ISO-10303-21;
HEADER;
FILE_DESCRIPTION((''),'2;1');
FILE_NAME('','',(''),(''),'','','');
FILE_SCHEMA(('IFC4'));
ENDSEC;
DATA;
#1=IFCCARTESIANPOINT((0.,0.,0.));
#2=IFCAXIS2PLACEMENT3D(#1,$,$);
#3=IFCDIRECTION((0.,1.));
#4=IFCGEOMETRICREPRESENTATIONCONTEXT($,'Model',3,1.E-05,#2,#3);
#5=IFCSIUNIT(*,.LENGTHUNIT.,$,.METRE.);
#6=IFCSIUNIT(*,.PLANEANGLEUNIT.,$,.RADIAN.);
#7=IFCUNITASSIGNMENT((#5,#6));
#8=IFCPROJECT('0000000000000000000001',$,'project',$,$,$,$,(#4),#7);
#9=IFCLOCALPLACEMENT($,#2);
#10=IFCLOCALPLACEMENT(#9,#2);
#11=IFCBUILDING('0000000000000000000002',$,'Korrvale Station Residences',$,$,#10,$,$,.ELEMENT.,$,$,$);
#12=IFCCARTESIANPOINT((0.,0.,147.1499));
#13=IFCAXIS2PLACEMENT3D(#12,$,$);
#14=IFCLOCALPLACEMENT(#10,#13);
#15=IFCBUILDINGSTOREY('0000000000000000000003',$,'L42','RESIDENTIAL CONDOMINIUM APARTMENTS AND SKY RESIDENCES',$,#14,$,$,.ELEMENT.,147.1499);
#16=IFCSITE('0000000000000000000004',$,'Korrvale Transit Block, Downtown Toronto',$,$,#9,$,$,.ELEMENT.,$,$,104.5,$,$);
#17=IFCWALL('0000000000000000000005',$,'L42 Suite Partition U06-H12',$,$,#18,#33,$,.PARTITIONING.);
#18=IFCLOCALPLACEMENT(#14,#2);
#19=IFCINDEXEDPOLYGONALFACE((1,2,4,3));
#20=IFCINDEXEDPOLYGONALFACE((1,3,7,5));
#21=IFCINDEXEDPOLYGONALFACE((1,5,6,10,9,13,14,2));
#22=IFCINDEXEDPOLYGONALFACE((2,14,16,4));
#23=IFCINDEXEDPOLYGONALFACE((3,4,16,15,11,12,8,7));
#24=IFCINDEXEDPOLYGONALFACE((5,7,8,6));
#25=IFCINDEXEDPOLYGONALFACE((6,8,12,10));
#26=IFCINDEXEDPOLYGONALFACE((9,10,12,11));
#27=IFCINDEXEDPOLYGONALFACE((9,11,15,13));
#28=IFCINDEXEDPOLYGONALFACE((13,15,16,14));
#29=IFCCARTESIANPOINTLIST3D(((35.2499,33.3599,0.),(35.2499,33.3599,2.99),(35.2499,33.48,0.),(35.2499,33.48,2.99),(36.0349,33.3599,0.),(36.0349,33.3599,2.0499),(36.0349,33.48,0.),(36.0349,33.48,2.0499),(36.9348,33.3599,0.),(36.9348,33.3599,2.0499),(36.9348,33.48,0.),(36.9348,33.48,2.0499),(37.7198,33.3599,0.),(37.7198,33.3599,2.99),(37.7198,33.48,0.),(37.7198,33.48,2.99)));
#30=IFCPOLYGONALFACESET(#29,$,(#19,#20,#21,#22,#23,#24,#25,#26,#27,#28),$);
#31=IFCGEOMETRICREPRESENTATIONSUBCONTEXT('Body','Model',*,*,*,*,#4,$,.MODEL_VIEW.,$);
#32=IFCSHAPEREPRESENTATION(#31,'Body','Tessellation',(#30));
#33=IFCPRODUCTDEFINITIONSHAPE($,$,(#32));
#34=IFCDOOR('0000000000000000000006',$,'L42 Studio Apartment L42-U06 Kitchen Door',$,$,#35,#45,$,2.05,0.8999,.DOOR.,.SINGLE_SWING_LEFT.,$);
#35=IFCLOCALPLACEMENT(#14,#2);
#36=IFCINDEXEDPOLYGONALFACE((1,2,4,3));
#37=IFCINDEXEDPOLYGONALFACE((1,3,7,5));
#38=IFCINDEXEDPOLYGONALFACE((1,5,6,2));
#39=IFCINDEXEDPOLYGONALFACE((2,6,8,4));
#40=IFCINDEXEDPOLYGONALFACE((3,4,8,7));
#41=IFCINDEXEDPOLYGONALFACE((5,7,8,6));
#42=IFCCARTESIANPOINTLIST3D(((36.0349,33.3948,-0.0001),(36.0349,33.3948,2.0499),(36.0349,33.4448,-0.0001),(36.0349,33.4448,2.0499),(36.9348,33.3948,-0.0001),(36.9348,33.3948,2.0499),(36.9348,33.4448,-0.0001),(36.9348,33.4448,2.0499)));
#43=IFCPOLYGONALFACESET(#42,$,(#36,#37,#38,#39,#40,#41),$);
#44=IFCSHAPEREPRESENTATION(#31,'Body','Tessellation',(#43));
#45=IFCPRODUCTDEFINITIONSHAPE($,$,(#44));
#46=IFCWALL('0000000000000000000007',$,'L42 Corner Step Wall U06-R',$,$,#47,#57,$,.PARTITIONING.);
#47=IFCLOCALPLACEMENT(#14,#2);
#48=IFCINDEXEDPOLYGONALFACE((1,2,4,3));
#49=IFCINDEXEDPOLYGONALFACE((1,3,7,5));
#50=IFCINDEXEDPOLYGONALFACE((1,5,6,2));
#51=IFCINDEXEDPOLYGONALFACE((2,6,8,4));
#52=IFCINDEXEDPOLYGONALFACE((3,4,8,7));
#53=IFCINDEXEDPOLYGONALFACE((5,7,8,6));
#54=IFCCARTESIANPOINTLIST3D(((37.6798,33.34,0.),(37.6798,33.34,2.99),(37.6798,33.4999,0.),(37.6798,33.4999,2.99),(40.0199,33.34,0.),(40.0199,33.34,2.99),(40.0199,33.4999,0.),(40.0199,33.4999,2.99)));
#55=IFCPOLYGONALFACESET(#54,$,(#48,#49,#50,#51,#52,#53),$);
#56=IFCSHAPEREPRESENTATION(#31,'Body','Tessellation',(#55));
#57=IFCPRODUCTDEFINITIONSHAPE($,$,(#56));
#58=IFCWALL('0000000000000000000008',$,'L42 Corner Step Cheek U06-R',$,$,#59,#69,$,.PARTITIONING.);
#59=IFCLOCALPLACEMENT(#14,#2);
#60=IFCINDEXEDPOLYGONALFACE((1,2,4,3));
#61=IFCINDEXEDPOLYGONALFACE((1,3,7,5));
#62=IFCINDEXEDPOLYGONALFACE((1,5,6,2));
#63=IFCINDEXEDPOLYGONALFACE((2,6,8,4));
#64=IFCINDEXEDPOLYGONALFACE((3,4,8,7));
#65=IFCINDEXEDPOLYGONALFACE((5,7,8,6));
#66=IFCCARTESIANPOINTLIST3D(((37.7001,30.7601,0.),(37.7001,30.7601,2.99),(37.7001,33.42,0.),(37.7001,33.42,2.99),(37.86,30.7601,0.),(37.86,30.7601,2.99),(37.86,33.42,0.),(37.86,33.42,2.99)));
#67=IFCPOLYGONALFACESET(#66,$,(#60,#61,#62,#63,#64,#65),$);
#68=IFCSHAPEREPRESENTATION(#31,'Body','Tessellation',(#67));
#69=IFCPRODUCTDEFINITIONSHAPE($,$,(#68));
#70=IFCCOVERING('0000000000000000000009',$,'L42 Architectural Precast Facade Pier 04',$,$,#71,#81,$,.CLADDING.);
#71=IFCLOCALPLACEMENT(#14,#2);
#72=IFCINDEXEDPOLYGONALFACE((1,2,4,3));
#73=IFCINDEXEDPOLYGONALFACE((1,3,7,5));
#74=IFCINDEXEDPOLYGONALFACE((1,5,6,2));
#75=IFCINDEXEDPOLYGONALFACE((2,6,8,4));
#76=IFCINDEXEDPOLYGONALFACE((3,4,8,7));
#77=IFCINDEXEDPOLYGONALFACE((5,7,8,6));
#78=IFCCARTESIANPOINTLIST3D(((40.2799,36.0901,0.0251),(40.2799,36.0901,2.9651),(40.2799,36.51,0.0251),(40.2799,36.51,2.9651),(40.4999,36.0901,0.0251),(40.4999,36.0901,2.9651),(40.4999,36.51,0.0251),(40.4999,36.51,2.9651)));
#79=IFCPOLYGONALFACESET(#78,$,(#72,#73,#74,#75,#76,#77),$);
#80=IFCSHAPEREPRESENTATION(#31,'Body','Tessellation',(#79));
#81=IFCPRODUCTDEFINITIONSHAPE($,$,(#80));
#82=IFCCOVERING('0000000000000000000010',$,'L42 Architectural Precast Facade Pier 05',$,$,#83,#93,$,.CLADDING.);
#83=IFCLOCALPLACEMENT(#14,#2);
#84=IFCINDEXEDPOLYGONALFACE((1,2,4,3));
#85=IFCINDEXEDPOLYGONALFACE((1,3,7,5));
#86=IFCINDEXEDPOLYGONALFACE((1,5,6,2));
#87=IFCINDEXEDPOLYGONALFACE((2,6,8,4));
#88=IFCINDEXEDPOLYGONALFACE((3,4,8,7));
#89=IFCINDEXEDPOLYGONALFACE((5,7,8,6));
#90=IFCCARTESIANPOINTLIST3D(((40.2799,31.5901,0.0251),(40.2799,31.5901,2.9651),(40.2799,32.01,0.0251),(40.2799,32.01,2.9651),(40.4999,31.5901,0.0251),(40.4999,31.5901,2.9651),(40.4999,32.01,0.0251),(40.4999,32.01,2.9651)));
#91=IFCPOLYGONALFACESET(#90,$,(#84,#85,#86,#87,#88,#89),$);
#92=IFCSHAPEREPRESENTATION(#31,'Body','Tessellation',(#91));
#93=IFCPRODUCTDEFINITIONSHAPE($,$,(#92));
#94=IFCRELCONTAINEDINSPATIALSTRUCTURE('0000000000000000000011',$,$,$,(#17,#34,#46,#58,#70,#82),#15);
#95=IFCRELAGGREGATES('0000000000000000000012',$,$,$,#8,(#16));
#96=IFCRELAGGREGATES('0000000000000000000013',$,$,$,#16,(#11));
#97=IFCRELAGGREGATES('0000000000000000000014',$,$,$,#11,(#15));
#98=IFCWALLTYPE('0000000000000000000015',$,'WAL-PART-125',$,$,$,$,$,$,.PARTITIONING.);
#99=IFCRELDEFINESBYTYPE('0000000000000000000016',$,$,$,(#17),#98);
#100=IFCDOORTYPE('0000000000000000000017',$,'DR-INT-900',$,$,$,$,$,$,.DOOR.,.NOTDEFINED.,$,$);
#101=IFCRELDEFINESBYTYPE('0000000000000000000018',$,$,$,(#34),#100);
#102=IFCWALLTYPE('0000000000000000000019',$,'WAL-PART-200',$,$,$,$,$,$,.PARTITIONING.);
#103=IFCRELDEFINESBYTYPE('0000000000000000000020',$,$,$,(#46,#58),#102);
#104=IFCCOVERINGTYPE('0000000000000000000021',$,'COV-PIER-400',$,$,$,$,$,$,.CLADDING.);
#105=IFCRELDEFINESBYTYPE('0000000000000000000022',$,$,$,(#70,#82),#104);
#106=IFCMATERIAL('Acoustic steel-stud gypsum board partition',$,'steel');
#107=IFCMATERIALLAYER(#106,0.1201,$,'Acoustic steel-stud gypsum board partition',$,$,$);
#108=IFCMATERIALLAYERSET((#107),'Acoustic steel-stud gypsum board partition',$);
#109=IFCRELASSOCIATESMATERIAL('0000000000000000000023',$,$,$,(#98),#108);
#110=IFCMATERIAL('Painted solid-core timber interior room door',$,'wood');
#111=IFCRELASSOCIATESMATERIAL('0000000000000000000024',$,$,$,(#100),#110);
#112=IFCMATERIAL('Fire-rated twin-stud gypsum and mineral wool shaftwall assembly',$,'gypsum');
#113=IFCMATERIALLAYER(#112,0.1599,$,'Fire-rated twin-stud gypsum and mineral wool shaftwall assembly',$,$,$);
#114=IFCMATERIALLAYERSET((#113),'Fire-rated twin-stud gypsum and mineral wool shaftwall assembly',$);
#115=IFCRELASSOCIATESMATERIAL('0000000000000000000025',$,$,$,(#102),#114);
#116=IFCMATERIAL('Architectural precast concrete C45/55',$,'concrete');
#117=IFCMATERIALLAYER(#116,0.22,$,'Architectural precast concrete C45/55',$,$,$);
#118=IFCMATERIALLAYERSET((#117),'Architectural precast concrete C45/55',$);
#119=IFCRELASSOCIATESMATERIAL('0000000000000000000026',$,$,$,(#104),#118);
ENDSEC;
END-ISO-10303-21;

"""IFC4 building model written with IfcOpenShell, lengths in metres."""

from ifc_helpers import new_model, si_unit, direction, frame, frame_2d, origin, origin_2d, place, context, subcontext, project, spatial, rectangle, extrude, material, layer, layer_set, type_object, element, fill, save


model = new_model("IFC4")

# Units and contexts
model_context = context("Model", 3, precision=1e-05, world=origin(), true_north=direction((0.0, 1.0)))
body_context = subcontext(model_context, "Body", "Model", "MODEL_VIEW")
ifc_project = project(units=[si_unit("LENGTHUNIT", "METRE"), si_unit("PLANEANGLEUNIT", "RADIAN")], contexts=[model_context])

# Site, building, storey
site_placement = place(None, origin())
site = spatial("IfcSite", under=ifc_project, at=site_placement, Name="Korrvale Transit Block, Downtown Toronto", CompositionType="ELEMENT", RefElevation=104.5)
building_placement = place(site_placement, origin())
building = spatial("IfcBuilding", under=site, at=building_placement, Name="Korrvale Station Residences", CompositionType="ELEMENT")
storey_placement = place(building_placement, frame((0.0, 0.0, 147.1499)))
storey = spatial("IfcBuildingStorey", under=building, at=storey_placement, Name="L42", Description="RESIDENTIAL CONDOMINIUM APARTMENTS AND SKY RESIDENCES", CompositionType="ELEMENT", Elevation=147.1499)

# Wall, opening, door
ifc_material_1 = material(Name="Acoustic steel-stud gypsum board partition", Category="steel")
ifc_layer_1 = layer(ifc_material_1, 0.1201, Name="Acoustic steel-stud gypsum board partition")
ifc_layer_set_1 = layer_set([ifc_layer_1], Name="Acoustic steel-stud gypsum board partition")
wall_type_1 = type_object("IfcWallType", Name="WAL-PART-125", PredefinedType="PARTITIONING", material=ifc_layer_set_1)
wall_1_placement = place(storey_placement, frame((35.25, 33.4199, 0.0), z_axis=(0.0, 0.0, 1.0), x_axis=(1.0, 0.0, 0.0)))
wall_1 = element("IfcWall", 1, at=wall_1_placement, inside=storey, type_object=wall_type_1, Name="L42 Suite Partition U06-H12", PredefinedType="PARTITIONING", context=body_context, shape_type="SweptSolid", body=[
    extrude(rectangle(XDim=2.47, YDim=0.1201, at=frame_2d((1.2349, 0.0))), origin(), (0.0, 0.0, 1.0), 2.99),
])
opening_1_placement = place(wall_1_placement, frame((0.7849, 0.0, 0.0)))
opening_1 = element("IfcOpeningElement", 2, at=opening_1_placement, cuts=wall_1, PredefinedType="OPENING", context=body_context, shape_type="SweptSolid", body=[
    extrude(rectangle(XDim=0.8999, YDim=2.05, at=frame_2d((0.45, 1.0249))), frame((0.0, 0.0701, 0.0), z_axis=(0.0, -1.0, 0.0), x_axis=(1.0, 0.0, 0.0)), (0.0, 0.0, 1.0), 0.1401),
])
ifc_material_2 = material(Name="Painted solid-core timber interior room door", Category="wood")
door_type_1 = type_object("IfcDoorType", Name="DR-INT-900", OperationType="NOTDEFINED", PredefinedType="DOOR", material=ifc_material_2)
door_1_placement = place(opening_1_placement, origin())
door_1 = element("IfcDoor", 3, at=door_1_placement, inside=storey, type_object=door_type_1, Name="L42 Studio Apartment L42-U06 Kitchen Door", OperationType="SINGLE_SWING_LEFT", OverallHeight=2.05, OverallWidth=0.8999, PredefinedType="DOOR", context=body_context, shape_type="SweptSolid", body=[
    extrude(rectangle(XDim=0.8999, YDim=2.05, at=frame_2d((0.45, 1.0249))), frame((0.0, 0.0249, 0.0), z_axis=(0.0, -1.0, 0.0), x_axis=(1.0, 0.0, 0.0)), (0.0, 0.0, 1.0), 0.05),
])
fill(opening_1, door_1)

# Walls
ifc_material_3 = material(Name="Fire-rated twin-stud gypsum and mineral wool shaftwall assembly", Category="gypsum")
ifc_layer_2 = layer(ifc_material_3, 0.1599, Name="Fire-rated twin-stud gypsum and mineral wool shaftwall assembly")
ifc_layer_set_2 = layer_set([ifc_layer_2], Name="Fire-rated twin-stud gypsum and mineral wool shaftwall assembly")
wall_type_2 = type_object("IfcWallType", Name="WAL-PART-200", PredefinedType="PARTITIONING", material=ifc_layer_set_2)
wall_2_placement = place(storey_placement, frame((37.6799, 33.4199, 0.0), z_axis=(0.0, 0.0, 1.0), x_axis=(1.0, 0.0, 0.0)))
element("IfcWall", 4, at=wall_2_placement, inside=storey, type_object=wall_type_2, Name="L42 Corner Step Wall U06-R", PredefinedType="PARTITIONING", context=body_context, shape_type="SweptSolid", body=[
    extrude(rectangle(XDim=2.3401, YDim=0.1599, at=frame_2d((1.1699, 0.0))), origin(), (0.0, 0.0, 1.0), 2.99),
])
wall_3_placement = place(storey_placement, frame((37.78, 30.76, 0.0), z_axis=(0.0, 0.0, 1.0), x_axis=(0.0, 1.0, 0.0)))
element("IfcWall", 5, at=wall_3_placement, inside=storey, type_object=wall_type_2, Name="L42 Corner Step Cheek U06-R", PredefinedType="PARTITIONING", context=body_context, shape_type="SweptSolid", body=[
    extrude(rectangle(XDim=2.6599, YDim=0.1599, at=frame_2d((1.3301, 0.0))), origin(), (0.0, 0.0, 1.0), 2.99),
])

# Coverings
ifc_material_4 = material(Name="Architectural precast concrete C45/55", Category="concrete")
ifc_layer_3 = layer(ifc_material_4, 0.22, Name="Architectural precast concrete C45/55")
ifc_layer_set_3 = layer_set([ifc_layer_3], Name="Architectural precast concrete C45/55")
covering_type = type_object("IfcCoveringType", Name="COV-PIER-400", PredefinedType="CLADDING", material=ifc_layer_set_3)
for number, where, z_axis, x_axis, name in (
    (6, (40.3899, 36.3, 0.0251), (0.0, 0.0, 1.0), (0.0, 1.0, 0.0), "L42 Architectural Precast Facade Pier 04"),
    (7, (40.3899, 31.8, 0.0251), (0.0, 0.0, 1.0), (0.0, 1.0, 0.0), "L42 Architectural Precast Facade Pier 05"),
):
    element("IfcCovering", number, at=place(storey_placement, frame(where, z_axis=z_axis, x_axis=x_axis)), inside=storey, type_object=covering_type, Name=name, PredefinedType="CLADDING", context=body_context, shape_type="SweptSolid", body=[
        extrude(rectangle(XDim=0.4199, YDim=0.22, at=origin_2d()), origin(), (0.0, 0.0, 1.0), 2.9399),
    ])

save(model, "model.ifc")
